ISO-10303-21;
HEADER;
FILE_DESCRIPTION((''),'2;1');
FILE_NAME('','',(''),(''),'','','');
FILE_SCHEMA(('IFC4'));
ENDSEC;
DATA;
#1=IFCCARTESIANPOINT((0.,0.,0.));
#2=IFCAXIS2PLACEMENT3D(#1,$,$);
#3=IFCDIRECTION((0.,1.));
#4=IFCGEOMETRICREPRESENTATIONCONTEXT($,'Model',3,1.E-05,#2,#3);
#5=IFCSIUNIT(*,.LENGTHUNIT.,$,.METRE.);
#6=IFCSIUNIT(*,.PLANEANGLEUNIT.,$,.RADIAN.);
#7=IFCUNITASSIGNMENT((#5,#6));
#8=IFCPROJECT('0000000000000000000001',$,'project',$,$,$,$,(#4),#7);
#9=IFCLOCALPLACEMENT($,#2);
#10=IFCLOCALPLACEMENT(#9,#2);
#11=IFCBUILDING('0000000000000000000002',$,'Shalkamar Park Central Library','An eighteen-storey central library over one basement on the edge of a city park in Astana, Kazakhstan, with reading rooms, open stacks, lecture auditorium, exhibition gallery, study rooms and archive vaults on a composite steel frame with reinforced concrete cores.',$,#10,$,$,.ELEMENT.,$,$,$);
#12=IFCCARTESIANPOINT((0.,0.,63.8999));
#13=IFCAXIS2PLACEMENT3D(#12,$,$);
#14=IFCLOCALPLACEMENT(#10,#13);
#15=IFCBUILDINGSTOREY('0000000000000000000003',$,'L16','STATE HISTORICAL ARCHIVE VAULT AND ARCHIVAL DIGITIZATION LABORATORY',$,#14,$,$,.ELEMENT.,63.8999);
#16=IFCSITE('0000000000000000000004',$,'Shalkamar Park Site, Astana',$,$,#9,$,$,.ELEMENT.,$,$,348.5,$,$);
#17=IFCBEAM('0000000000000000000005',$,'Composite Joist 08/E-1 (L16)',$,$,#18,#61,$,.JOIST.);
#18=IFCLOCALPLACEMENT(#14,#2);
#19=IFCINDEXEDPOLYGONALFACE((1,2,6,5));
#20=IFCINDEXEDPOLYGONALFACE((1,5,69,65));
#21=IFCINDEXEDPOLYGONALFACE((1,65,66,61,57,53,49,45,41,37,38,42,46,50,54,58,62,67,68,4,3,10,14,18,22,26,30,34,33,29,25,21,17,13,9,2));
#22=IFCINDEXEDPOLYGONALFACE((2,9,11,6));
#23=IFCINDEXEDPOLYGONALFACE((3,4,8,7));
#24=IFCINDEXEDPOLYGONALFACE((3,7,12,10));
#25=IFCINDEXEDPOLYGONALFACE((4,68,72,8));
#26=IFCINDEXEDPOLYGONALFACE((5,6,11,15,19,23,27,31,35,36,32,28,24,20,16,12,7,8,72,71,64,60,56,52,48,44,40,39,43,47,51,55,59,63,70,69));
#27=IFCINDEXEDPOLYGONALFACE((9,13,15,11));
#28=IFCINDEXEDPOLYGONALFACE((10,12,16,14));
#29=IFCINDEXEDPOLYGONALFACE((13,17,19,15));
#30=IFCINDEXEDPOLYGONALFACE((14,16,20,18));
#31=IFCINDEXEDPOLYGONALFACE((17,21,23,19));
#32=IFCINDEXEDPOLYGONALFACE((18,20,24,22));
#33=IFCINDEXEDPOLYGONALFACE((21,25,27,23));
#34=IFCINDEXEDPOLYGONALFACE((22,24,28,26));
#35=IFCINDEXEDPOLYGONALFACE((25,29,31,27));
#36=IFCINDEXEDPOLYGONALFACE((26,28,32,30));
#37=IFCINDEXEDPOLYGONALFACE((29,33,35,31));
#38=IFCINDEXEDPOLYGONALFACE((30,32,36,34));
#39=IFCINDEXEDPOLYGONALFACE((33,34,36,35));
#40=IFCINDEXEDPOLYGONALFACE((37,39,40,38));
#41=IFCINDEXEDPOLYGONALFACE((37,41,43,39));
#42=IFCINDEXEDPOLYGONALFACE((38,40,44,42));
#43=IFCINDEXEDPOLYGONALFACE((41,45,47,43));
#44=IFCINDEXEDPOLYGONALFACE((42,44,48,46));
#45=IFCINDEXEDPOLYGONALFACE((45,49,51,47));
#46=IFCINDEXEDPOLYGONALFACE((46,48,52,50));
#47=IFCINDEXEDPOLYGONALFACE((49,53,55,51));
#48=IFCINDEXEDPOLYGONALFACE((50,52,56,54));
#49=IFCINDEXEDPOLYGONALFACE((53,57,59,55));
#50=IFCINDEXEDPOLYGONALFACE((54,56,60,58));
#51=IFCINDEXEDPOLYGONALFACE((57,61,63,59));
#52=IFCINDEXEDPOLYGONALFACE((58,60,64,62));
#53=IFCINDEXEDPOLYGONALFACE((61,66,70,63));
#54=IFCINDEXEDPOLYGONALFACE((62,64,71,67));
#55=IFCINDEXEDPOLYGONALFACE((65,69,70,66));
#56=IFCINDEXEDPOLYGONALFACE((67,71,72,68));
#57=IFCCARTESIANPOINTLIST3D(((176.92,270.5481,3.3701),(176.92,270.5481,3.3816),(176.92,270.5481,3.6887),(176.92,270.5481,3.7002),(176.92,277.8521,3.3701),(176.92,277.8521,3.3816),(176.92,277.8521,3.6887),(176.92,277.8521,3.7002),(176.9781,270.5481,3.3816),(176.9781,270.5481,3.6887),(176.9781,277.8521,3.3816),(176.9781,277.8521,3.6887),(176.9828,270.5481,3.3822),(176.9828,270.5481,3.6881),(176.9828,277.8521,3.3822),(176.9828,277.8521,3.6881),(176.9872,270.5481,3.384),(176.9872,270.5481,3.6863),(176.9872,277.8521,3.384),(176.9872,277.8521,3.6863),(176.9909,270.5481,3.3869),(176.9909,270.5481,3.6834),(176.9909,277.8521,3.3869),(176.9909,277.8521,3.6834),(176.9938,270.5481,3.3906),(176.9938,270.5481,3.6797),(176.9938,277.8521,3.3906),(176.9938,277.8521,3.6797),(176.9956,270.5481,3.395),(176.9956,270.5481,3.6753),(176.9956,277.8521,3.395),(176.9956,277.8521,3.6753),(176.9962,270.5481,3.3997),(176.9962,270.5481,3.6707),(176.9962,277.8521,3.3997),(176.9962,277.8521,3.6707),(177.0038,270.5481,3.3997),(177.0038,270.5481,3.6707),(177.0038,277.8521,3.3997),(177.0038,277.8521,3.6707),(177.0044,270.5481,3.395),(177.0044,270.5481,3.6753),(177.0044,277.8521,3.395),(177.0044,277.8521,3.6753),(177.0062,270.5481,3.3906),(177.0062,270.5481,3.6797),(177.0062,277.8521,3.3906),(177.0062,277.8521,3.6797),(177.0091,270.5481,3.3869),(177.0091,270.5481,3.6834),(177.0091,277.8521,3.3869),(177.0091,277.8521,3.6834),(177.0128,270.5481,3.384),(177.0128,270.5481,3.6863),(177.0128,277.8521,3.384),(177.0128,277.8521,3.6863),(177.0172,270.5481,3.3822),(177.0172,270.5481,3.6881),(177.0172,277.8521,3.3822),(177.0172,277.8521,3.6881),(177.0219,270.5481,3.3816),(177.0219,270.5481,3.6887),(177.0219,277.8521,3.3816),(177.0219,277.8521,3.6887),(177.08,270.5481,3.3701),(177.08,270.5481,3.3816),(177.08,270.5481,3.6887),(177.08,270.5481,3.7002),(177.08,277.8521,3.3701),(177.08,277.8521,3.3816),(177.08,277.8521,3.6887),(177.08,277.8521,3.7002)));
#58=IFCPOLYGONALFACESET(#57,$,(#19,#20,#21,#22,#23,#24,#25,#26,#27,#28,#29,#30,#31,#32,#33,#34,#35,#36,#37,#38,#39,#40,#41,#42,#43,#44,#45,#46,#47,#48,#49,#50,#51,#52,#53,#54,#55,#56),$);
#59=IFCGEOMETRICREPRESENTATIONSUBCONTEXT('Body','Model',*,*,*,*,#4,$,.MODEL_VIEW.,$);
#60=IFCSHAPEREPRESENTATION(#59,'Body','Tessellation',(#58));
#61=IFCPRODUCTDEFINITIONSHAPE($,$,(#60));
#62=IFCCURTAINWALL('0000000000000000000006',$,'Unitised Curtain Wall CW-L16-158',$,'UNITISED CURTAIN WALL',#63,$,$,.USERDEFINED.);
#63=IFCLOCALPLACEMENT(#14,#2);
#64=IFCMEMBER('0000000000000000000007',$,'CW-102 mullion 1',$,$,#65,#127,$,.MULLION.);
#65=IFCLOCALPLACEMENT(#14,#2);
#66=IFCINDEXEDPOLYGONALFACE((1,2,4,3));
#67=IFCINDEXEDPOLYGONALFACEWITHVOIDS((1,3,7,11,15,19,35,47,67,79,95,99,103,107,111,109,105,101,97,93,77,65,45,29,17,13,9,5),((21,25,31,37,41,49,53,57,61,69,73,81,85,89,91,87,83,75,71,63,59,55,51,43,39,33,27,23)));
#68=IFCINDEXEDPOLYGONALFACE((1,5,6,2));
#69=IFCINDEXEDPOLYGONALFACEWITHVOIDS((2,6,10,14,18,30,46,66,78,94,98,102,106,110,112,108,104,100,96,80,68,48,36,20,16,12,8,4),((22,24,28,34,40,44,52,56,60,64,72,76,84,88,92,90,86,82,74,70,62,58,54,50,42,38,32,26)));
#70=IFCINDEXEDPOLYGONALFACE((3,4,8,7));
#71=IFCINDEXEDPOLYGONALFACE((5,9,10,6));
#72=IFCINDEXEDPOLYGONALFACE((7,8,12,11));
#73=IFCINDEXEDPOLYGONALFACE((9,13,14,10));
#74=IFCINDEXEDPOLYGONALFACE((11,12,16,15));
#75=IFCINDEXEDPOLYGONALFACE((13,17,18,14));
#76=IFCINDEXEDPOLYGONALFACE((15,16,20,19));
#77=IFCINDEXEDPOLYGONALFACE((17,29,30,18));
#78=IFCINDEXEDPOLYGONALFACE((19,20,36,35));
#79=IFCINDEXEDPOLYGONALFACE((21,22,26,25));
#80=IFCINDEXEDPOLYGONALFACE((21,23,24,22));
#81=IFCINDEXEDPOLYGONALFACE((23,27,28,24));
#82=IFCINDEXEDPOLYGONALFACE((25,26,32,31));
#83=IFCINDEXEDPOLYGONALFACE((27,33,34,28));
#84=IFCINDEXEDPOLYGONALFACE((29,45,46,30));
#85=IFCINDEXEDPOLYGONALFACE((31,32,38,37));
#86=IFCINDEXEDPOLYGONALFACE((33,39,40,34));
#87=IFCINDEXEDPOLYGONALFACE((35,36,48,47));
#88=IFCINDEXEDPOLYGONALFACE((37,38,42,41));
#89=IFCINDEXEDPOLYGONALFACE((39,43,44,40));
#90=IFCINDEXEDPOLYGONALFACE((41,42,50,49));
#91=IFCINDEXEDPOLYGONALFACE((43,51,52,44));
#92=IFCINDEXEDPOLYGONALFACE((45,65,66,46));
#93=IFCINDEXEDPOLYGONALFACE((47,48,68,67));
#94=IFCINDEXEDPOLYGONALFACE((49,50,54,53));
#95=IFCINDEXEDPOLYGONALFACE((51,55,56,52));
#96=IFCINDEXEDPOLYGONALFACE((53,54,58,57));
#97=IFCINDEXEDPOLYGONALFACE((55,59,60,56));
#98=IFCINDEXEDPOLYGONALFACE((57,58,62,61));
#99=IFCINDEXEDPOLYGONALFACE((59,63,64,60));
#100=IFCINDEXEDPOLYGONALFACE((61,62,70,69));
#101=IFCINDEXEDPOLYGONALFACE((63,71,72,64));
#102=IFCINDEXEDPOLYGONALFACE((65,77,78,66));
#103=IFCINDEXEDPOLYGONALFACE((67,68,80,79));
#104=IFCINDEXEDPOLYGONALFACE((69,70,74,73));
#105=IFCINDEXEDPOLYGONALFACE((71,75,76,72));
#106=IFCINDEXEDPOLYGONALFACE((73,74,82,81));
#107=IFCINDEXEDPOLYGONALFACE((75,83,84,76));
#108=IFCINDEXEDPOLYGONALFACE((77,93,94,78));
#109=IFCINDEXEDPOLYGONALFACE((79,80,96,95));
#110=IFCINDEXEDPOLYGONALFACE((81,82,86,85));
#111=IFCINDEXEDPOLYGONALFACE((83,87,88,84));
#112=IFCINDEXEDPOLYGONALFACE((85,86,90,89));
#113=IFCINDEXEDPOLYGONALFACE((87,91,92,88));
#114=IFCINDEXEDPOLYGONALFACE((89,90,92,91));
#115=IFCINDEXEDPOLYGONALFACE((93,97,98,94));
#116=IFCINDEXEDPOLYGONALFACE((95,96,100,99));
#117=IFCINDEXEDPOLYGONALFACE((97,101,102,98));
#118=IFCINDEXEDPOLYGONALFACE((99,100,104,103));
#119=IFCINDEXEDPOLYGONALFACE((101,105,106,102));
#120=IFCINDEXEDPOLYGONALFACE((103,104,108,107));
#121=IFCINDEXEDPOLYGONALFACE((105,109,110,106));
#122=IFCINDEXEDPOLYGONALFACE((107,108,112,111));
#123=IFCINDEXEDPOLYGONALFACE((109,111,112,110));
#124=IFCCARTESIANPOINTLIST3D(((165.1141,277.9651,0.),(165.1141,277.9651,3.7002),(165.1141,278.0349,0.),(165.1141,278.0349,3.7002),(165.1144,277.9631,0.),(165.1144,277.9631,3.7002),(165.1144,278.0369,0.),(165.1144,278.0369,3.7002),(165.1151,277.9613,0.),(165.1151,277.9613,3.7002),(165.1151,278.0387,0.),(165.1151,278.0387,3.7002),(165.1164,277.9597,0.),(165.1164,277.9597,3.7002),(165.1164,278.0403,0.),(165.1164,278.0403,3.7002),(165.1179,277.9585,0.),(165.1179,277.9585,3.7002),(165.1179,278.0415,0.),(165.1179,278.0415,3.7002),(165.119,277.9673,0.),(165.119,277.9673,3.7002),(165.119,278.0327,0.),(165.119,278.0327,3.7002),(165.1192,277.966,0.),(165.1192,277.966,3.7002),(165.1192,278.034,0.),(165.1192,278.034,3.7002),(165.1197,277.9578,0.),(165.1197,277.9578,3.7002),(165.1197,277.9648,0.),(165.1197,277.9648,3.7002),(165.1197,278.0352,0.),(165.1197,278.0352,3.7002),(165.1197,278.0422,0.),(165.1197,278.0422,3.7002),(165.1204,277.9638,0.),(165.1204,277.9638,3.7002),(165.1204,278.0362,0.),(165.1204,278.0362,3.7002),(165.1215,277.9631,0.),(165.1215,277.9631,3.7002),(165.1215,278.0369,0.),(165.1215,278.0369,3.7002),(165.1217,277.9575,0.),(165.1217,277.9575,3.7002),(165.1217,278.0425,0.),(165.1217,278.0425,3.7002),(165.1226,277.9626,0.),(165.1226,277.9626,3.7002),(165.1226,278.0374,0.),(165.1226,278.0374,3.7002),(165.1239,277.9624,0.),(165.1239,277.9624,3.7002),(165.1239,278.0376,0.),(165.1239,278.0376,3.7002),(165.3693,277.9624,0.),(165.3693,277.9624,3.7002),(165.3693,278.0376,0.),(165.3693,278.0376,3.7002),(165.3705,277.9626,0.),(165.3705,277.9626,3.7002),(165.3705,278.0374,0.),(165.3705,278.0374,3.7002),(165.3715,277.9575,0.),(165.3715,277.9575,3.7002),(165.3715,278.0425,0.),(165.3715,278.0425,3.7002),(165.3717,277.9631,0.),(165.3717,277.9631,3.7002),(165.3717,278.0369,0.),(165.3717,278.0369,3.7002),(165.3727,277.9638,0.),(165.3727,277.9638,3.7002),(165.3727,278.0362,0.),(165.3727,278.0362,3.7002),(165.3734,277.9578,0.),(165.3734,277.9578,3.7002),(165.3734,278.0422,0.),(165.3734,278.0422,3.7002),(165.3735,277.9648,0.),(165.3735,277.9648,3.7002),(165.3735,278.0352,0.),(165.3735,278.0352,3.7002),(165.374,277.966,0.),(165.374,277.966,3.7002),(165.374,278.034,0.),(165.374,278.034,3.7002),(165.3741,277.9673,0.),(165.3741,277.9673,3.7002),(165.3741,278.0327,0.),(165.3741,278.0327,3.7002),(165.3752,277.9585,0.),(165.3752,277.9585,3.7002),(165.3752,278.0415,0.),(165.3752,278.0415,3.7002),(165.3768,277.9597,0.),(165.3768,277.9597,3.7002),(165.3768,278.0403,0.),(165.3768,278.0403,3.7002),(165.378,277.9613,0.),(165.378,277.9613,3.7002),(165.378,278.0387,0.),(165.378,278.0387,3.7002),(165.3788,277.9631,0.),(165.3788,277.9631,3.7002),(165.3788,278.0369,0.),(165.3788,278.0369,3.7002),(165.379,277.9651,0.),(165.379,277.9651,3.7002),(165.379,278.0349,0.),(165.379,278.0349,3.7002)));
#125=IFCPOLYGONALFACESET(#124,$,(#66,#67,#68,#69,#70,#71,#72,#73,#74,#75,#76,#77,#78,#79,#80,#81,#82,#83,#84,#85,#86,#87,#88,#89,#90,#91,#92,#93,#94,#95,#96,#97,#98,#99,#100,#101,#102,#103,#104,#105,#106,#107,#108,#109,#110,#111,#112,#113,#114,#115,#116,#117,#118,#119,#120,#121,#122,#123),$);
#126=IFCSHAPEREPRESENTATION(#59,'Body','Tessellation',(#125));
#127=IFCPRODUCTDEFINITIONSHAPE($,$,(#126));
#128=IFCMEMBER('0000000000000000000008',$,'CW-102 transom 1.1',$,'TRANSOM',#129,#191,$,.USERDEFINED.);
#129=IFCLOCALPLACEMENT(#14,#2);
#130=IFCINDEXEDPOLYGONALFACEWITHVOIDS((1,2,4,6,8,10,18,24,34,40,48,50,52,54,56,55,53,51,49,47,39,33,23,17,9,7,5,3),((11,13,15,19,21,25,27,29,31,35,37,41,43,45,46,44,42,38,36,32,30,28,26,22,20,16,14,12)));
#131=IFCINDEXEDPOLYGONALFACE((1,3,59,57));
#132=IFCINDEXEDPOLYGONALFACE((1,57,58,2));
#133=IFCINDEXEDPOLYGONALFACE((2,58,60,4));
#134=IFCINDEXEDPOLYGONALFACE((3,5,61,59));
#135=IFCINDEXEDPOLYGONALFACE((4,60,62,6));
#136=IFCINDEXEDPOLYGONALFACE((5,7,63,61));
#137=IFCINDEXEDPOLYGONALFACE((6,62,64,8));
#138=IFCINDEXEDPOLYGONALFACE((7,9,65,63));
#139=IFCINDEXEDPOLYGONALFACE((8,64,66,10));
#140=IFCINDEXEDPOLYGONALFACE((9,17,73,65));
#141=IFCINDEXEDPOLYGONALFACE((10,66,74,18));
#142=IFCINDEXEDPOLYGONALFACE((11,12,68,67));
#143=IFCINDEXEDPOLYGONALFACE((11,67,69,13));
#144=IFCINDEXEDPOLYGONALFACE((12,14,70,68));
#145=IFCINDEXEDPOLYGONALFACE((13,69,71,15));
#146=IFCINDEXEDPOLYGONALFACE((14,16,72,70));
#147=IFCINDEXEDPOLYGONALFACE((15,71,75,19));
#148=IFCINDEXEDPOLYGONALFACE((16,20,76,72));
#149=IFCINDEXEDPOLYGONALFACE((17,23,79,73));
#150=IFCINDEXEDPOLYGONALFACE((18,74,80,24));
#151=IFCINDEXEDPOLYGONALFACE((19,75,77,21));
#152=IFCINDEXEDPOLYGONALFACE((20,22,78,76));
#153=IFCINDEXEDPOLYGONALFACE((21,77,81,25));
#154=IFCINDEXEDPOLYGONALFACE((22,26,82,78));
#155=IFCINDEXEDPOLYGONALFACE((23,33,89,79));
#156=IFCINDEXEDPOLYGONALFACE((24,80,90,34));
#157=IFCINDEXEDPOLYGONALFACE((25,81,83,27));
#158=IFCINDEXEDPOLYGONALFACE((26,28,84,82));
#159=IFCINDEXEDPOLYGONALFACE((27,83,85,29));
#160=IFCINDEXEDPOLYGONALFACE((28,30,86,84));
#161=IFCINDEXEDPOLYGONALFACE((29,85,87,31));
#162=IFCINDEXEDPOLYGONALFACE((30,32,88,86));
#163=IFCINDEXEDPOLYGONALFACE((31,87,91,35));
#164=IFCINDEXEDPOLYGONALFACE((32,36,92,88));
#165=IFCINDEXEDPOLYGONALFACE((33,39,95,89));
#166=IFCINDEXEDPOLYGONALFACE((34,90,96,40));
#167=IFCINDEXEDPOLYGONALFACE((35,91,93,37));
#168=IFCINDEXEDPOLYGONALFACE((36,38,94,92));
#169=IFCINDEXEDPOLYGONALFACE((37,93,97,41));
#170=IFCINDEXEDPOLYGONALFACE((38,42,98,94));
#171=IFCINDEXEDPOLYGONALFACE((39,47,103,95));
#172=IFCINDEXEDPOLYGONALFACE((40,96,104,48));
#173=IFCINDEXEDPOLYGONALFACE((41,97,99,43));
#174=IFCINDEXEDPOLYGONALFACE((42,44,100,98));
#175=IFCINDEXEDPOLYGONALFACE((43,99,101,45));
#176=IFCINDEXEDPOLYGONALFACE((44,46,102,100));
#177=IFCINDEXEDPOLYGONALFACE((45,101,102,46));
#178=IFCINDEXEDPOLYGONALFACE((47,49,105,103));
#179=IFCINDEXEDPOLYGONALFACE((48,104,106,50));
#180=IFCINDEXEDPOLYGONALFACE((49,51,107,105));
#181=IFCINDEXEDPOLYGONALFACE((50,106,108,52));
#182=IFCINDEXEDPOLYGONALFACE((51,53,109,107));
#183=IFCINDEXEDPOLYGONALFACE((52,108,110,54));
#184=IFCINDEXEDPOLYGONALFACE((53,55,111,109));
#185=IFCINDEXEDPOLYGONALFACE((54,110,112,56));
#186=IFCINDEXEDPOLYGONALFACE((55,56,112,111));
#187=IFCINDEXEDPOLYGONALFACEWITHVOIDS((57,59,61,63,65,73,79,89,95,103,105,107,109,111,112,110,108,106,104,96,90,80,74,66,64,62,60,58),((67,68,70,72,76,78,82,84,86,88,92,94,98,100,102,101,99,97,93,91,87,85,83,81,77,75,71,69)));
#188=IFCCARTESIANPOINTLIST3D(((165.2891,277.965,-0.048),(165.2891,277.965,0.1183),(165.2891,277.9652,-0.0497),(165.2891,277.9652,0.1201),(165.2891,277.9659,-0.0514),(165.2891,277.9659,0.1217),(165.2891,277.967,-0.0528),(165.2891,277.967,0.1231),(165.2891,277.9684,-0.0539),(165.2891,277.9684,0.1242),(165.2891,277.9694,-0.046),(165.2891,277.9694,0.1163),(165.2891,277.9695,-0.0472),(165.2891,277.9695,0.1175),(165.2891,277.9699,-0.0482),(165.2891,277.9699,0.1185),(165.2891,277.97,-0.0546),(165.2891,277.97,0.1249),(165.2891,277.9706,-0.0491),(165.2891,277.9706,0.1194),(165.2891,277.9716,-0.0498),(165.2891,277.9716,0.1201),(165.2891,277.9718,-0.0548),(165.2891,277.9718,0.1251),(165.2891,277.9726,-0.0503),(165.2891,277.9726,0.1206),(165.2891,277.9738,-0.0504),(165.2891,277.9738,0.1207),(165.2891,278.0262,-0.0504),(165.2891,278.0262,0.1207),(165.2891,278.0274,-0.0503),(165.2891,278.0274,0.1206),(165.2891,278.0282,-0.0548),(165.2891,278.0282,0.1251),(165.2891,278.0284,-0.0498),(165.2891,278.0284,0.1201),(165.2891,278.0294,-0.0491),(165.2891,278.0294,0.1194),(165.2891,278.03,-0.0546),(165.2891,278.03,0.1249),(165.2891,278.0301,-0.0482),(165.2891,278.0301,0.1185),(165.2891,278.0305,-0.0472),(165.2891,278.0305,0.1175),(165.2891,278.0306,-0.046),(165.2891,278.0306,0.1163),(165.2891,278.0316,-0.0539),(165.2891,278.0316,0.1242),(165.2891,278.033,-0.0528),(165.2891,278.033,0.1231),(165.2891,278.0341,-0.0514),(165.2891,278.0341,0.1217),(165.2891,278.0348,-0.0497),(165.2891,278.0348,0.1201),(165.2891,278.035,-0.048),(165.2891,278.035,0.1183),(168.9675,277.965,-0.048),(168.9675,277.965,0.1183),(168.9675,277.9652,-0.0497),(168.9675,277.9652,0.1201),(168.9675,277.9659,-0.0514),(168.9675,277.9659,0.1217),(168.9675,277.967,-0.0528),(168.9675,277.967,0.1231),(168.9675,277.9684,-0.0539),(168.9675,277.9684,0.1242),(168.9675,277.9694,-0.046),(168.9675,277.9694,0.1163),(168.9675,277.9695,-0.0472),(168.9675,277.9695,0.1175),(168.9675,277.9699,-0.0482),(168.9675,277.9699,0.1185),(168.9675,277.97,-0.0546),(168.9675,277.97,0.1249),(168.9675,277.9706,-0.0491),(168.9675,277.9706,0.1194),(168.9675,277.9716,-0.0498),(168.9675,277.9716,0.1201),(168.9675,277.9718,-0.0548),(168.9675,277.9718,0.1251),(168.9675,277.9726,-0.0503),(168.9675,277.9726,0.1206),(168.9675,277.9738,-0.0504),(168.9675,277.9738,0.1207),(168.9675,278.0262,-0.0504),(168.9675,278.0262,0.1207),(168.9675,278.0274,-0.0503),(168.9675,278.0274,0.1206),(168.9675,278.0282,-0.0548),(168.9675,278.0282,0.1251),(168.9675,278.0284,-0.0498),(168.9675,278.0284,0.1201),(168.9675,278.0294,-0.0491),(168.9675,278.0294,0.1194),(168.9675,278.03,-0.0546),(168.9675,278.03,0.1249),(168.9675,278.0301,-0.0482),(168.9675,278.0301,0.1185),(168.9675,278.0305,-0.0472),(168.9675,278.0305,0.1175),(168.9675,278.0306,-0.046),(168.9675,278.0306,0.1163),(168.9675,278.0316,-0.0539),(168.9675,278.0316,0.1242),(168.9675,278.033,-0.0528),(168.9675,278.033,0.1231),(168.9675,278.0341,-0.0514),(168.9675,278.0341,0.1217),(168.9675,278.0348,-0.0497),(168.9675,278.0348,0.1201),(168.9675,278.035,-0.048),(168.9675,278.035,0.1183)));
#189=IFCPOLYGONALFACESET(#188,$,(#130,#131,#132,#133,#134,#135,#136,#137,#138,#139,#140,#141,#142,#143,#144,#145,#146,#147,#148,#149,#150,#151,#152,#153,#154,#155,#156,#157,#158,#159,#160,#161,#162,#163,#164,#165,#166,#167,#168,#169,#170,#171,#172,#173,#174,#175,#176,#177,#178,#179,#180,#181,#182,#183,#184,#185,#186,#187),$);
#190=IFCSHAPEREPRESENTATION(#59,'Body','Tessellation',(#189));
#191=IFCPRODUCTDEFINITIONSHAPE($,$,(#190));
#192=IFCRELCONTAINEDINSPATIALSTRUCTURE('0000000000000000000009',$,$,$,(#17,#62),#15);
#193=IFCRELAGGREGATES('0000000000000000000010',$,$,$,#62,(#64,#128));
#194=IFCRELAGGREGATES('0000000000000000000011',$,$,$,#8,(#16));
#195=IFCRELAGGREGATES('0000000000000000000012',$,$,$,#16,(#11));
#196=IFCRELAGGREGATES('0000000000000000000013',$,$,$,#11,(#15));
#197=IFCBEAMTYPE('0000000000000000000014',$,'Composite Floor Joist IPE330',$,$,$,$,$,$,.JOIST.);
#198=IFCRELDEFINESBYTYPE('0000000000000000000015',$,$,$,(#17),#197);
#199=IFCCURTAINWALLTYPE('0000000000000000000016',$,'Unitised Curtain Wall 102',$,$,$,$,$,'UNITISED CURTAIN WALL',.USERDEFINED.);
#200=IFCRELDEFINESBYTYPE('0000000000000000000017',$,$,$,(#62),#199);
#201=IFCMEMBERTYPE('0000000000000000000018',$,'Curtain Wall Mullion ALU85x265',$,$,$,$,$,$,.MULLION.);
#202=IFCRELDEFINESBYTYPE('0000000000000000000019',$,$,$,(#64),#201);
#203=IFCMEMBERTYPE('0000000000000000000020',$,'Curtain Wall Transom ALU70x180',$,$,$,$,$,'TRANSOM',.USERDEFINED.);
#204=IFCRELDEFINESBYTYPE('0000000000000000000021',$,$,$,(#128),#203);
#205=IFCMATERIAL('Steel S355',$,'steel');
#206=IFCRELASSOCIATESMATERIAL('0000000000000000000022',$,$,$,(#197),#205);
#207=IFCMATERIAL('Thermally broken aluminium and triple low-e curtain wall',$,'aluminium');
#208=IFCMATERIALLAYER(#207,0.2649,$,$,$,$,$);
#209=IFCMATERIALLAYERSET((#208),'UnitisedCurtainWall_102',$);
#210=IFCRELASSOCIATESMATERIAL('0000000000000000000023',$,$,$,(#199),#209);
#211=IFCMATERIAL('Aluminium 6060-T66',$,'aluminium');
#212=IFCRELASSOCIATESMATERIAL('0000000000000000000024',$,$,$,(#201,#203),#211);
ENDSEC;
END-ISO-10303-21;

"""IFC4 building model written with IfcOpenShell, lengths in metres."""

from ifc_helpers import new_model, si_unit, direction, frame, origin, origin_2d, place, context, subcontext, project, spatial, hollow_rectangle, i_section, extrude, material, layer, layer_set, material_profile, profile_set, type_object, element, aggregate, save


model = new_model("IFC4")

# Units and contexts
model_context = context("Model", 3, precision=1e-05, world=origin(), true_north=direction((0.0, 1.0)))
body_context = subcontext(model_context, "Body", "Model", "MODEL_VIEW")
ifc_project = project(units=[si_unit("LENGTHUNIT", "METRE"), si_unit("PLANEANGLEUNIT", "RADIAN")], contexts=[model_context])

# Site, building, storey
site_placement = place(None, origin())
site = spatial("IfcSite", under=ifc_project, at=site_placement, Name="Shalkamar Park Site, Astana", CompositionType="ELEMENT", RefElevation=348.5)
building_placement = place(site_placement, origin())
building = spatial("IfcBuilding", under=site, at=building_placement, Name="Shalkamar Park Central Library", Description="An eighteen-storey central library over one basement on the edge of a city park in Astana, Kazakhstan, with reading rooms, open stacks, lecture auditorium, exhibition gallery, study rooms and archive vaults on a composite steel frame with reinforced concrete cores.", CompositionType="ELEMENT")
storey_placement = place(building_placement, frame((0.0, 0.0, 63.8999)))
storey = spatial("IfcBuildingStorey", under=building, at=storey_placement, Name="L16", Description="STATE HISTORICAL ARCHIVE VAULT AND ARCHIVAL DIGITIZATION LABORATORY", CompositionType="ELEMENT", Elevation=63.8999)

# Shared definitions
ifc_material_1 = material(Name="Steel S355", Category="steel")

# Beam
ifc_material_profile_1 = material_profile(ifc_material_1, i_section(OverallWidth=0.1599, OverallDepth=0.3301, WebThickness=0.0076, FlangeThickness=0.0115, FilletRadius=0.0181, at=origin_2d()), Name="IPE 330")
ifc_profile_set_1 = profile_set([ifc_material_profile_1], Name="Steel S355")
beam_type_1 = type_object("IfcBeamType", Name="Composite Floor Joist IPE330", PredefinedType="JOIST", material=ifc_profile_set_1)
for number, where, z_axis, x_axis, name in (
    (1, (177.0, 270.5481, 3.5352), (0.0, 1.0, 0.0), (-1.0, 0.0, 0.0), "Composite Joist 08/E-1 (L16)"),
):
    element("IfcBeam", number, at=place(storey_placement, frame(where, z_axis=z_axis, x_axis=x_axis)), inside=storey, type_object=beam_type_1, Name=name, PredefinedType="JOIST", context=body_context, shape_type="SweptSolid", body=[
        extrude(i_section(OverallWidth=0.1599, OverallDepth=0.3301, WebThickness=0.0076, FlangeThickness=0.0115, FilletRadius=0.0181, at=origin_2d()), origin(), (0.0, 0.0, 1.0), 7.304),
    ])

# Curtain wall, members
ifc_material_2 = material(Name="Thermally broken aluminium and triple low-e curtain wall", Category="aluminium")
ifc_layer_1 = layer(ifc_material_2, 0.2649)
ifc_layer_set_1 = layer_set([ifc_layer_1], Name="UnitisedCurtainWall_102")
curtain_wall_type = type_object("IfcCurtainWallType", Name="Unitised Curtain Wall 102", ElementType="UNITISED CURTAIN WALL", PredefinedType="USERDEFINED", material=ifc_layer_set_1)
curtain_wall_placement = place(storey_placement, origin())
curtain_wall = element("IfcCurtainWall", 2, at=curtain_wall_placement, inside=storey, type_object=curtain_wall_type, Name="Unitised Curtain Wall CW-L16-158", ObjectType="UNITISED CURTAIN WALL", PredefinedType="USERDEFINED")
ifc_material_3 = material(Name="Aluminium 6060-T66", Category="aluminium")
ifc_material_profile_2 = material_profile(ifc_material_3, hollow_rectangle(XDim=0.085, YDim=0.2649, WallThickness=0.0049, InnerFilletRadius=0.0049, OuterFilletRadius=0.0076, at=origin_2d()), Name="ALU 85x265x5")
ifc_profile_set_2 = profile_set([ifc_material_profile_2], Name="Aluminium 6060-T66")
member_type_1 = type_object("IfcMemberType", Name="Curtain Wall Mullion ALU85x265", PredefinedType="MULLION", material=ifc_profile_set_2)
member_1_placement = place(storey_placement, frame((165.2466, 278.0, 0.0), z_axis=(0.0, 0.0, 1.0), x_axis=(0.0, 1.0, 0.0)))
member_1 = element("IfcMember", 3, at=member_1_placement, type_object=member_type_1, Name="CW-102 mullion 1", PredefinedType="MULLION", context=body_context, shape_type="SweptSolid", body=[
    extrude(hollow_rectangle(XDim=0.085, YDim=0.2649, WallThickness=0.0049, InnerFilletRadius=0.0049, OuterFilletRadius=0.0076, at=origin_2d()), origin(), (0.0, 0.0, 1.0), 3.7002),
])
ifc_material_profile_3 = material_profile(ifc_material_3, hollow_rectangle(XDim=0.0701, YDim=0.1799, WallThickness=0.0044, InnerFilletRadius=0.0044, OuterFilletRadius=0.0068, at=origin_2d()), Name="ALU 70x180x4.5")
ifc_profile_set_3 = profile_set([ifc_material_profile_3], Name="Aluminium 6060-T66")
member_type_2 = type_object("IfcMemberType", Name="Curtain Wall Transom ALU70x180", ElementType="TRANSOM", PredefinedType="USERDEFINED", material=ifc_profile_set_3)
member_2_placement = place(storey_placement, frame((165.2891, 278.0, 0.0352), z_axis=(1.0, 0.0, 0.0), x_axis=(0.0, 1.0, 0.0)))
member_2 = element("IfcMember", 4, at=member_2_placement, type_object=member_type_2, Name="CW-102 transom 1.1", ObjectType="TRANSOM", PredefinedType="USERDEFINED", context=body_context, shape_type="SweptSolid", body=[
    extrude(hollow_rectangle(XDim=0.0701, YDim=0.1799, WallThickness=0.0044, InnerFilletRadius=0.0044, OuterFilletRadius=0.0068, at=origin_2d()), origin(), (0.0, 0.0, 1.0), 3.6785),
])
aggregate(curtain_wall, [member_1, member_2])

save(model, "model.ifc")
